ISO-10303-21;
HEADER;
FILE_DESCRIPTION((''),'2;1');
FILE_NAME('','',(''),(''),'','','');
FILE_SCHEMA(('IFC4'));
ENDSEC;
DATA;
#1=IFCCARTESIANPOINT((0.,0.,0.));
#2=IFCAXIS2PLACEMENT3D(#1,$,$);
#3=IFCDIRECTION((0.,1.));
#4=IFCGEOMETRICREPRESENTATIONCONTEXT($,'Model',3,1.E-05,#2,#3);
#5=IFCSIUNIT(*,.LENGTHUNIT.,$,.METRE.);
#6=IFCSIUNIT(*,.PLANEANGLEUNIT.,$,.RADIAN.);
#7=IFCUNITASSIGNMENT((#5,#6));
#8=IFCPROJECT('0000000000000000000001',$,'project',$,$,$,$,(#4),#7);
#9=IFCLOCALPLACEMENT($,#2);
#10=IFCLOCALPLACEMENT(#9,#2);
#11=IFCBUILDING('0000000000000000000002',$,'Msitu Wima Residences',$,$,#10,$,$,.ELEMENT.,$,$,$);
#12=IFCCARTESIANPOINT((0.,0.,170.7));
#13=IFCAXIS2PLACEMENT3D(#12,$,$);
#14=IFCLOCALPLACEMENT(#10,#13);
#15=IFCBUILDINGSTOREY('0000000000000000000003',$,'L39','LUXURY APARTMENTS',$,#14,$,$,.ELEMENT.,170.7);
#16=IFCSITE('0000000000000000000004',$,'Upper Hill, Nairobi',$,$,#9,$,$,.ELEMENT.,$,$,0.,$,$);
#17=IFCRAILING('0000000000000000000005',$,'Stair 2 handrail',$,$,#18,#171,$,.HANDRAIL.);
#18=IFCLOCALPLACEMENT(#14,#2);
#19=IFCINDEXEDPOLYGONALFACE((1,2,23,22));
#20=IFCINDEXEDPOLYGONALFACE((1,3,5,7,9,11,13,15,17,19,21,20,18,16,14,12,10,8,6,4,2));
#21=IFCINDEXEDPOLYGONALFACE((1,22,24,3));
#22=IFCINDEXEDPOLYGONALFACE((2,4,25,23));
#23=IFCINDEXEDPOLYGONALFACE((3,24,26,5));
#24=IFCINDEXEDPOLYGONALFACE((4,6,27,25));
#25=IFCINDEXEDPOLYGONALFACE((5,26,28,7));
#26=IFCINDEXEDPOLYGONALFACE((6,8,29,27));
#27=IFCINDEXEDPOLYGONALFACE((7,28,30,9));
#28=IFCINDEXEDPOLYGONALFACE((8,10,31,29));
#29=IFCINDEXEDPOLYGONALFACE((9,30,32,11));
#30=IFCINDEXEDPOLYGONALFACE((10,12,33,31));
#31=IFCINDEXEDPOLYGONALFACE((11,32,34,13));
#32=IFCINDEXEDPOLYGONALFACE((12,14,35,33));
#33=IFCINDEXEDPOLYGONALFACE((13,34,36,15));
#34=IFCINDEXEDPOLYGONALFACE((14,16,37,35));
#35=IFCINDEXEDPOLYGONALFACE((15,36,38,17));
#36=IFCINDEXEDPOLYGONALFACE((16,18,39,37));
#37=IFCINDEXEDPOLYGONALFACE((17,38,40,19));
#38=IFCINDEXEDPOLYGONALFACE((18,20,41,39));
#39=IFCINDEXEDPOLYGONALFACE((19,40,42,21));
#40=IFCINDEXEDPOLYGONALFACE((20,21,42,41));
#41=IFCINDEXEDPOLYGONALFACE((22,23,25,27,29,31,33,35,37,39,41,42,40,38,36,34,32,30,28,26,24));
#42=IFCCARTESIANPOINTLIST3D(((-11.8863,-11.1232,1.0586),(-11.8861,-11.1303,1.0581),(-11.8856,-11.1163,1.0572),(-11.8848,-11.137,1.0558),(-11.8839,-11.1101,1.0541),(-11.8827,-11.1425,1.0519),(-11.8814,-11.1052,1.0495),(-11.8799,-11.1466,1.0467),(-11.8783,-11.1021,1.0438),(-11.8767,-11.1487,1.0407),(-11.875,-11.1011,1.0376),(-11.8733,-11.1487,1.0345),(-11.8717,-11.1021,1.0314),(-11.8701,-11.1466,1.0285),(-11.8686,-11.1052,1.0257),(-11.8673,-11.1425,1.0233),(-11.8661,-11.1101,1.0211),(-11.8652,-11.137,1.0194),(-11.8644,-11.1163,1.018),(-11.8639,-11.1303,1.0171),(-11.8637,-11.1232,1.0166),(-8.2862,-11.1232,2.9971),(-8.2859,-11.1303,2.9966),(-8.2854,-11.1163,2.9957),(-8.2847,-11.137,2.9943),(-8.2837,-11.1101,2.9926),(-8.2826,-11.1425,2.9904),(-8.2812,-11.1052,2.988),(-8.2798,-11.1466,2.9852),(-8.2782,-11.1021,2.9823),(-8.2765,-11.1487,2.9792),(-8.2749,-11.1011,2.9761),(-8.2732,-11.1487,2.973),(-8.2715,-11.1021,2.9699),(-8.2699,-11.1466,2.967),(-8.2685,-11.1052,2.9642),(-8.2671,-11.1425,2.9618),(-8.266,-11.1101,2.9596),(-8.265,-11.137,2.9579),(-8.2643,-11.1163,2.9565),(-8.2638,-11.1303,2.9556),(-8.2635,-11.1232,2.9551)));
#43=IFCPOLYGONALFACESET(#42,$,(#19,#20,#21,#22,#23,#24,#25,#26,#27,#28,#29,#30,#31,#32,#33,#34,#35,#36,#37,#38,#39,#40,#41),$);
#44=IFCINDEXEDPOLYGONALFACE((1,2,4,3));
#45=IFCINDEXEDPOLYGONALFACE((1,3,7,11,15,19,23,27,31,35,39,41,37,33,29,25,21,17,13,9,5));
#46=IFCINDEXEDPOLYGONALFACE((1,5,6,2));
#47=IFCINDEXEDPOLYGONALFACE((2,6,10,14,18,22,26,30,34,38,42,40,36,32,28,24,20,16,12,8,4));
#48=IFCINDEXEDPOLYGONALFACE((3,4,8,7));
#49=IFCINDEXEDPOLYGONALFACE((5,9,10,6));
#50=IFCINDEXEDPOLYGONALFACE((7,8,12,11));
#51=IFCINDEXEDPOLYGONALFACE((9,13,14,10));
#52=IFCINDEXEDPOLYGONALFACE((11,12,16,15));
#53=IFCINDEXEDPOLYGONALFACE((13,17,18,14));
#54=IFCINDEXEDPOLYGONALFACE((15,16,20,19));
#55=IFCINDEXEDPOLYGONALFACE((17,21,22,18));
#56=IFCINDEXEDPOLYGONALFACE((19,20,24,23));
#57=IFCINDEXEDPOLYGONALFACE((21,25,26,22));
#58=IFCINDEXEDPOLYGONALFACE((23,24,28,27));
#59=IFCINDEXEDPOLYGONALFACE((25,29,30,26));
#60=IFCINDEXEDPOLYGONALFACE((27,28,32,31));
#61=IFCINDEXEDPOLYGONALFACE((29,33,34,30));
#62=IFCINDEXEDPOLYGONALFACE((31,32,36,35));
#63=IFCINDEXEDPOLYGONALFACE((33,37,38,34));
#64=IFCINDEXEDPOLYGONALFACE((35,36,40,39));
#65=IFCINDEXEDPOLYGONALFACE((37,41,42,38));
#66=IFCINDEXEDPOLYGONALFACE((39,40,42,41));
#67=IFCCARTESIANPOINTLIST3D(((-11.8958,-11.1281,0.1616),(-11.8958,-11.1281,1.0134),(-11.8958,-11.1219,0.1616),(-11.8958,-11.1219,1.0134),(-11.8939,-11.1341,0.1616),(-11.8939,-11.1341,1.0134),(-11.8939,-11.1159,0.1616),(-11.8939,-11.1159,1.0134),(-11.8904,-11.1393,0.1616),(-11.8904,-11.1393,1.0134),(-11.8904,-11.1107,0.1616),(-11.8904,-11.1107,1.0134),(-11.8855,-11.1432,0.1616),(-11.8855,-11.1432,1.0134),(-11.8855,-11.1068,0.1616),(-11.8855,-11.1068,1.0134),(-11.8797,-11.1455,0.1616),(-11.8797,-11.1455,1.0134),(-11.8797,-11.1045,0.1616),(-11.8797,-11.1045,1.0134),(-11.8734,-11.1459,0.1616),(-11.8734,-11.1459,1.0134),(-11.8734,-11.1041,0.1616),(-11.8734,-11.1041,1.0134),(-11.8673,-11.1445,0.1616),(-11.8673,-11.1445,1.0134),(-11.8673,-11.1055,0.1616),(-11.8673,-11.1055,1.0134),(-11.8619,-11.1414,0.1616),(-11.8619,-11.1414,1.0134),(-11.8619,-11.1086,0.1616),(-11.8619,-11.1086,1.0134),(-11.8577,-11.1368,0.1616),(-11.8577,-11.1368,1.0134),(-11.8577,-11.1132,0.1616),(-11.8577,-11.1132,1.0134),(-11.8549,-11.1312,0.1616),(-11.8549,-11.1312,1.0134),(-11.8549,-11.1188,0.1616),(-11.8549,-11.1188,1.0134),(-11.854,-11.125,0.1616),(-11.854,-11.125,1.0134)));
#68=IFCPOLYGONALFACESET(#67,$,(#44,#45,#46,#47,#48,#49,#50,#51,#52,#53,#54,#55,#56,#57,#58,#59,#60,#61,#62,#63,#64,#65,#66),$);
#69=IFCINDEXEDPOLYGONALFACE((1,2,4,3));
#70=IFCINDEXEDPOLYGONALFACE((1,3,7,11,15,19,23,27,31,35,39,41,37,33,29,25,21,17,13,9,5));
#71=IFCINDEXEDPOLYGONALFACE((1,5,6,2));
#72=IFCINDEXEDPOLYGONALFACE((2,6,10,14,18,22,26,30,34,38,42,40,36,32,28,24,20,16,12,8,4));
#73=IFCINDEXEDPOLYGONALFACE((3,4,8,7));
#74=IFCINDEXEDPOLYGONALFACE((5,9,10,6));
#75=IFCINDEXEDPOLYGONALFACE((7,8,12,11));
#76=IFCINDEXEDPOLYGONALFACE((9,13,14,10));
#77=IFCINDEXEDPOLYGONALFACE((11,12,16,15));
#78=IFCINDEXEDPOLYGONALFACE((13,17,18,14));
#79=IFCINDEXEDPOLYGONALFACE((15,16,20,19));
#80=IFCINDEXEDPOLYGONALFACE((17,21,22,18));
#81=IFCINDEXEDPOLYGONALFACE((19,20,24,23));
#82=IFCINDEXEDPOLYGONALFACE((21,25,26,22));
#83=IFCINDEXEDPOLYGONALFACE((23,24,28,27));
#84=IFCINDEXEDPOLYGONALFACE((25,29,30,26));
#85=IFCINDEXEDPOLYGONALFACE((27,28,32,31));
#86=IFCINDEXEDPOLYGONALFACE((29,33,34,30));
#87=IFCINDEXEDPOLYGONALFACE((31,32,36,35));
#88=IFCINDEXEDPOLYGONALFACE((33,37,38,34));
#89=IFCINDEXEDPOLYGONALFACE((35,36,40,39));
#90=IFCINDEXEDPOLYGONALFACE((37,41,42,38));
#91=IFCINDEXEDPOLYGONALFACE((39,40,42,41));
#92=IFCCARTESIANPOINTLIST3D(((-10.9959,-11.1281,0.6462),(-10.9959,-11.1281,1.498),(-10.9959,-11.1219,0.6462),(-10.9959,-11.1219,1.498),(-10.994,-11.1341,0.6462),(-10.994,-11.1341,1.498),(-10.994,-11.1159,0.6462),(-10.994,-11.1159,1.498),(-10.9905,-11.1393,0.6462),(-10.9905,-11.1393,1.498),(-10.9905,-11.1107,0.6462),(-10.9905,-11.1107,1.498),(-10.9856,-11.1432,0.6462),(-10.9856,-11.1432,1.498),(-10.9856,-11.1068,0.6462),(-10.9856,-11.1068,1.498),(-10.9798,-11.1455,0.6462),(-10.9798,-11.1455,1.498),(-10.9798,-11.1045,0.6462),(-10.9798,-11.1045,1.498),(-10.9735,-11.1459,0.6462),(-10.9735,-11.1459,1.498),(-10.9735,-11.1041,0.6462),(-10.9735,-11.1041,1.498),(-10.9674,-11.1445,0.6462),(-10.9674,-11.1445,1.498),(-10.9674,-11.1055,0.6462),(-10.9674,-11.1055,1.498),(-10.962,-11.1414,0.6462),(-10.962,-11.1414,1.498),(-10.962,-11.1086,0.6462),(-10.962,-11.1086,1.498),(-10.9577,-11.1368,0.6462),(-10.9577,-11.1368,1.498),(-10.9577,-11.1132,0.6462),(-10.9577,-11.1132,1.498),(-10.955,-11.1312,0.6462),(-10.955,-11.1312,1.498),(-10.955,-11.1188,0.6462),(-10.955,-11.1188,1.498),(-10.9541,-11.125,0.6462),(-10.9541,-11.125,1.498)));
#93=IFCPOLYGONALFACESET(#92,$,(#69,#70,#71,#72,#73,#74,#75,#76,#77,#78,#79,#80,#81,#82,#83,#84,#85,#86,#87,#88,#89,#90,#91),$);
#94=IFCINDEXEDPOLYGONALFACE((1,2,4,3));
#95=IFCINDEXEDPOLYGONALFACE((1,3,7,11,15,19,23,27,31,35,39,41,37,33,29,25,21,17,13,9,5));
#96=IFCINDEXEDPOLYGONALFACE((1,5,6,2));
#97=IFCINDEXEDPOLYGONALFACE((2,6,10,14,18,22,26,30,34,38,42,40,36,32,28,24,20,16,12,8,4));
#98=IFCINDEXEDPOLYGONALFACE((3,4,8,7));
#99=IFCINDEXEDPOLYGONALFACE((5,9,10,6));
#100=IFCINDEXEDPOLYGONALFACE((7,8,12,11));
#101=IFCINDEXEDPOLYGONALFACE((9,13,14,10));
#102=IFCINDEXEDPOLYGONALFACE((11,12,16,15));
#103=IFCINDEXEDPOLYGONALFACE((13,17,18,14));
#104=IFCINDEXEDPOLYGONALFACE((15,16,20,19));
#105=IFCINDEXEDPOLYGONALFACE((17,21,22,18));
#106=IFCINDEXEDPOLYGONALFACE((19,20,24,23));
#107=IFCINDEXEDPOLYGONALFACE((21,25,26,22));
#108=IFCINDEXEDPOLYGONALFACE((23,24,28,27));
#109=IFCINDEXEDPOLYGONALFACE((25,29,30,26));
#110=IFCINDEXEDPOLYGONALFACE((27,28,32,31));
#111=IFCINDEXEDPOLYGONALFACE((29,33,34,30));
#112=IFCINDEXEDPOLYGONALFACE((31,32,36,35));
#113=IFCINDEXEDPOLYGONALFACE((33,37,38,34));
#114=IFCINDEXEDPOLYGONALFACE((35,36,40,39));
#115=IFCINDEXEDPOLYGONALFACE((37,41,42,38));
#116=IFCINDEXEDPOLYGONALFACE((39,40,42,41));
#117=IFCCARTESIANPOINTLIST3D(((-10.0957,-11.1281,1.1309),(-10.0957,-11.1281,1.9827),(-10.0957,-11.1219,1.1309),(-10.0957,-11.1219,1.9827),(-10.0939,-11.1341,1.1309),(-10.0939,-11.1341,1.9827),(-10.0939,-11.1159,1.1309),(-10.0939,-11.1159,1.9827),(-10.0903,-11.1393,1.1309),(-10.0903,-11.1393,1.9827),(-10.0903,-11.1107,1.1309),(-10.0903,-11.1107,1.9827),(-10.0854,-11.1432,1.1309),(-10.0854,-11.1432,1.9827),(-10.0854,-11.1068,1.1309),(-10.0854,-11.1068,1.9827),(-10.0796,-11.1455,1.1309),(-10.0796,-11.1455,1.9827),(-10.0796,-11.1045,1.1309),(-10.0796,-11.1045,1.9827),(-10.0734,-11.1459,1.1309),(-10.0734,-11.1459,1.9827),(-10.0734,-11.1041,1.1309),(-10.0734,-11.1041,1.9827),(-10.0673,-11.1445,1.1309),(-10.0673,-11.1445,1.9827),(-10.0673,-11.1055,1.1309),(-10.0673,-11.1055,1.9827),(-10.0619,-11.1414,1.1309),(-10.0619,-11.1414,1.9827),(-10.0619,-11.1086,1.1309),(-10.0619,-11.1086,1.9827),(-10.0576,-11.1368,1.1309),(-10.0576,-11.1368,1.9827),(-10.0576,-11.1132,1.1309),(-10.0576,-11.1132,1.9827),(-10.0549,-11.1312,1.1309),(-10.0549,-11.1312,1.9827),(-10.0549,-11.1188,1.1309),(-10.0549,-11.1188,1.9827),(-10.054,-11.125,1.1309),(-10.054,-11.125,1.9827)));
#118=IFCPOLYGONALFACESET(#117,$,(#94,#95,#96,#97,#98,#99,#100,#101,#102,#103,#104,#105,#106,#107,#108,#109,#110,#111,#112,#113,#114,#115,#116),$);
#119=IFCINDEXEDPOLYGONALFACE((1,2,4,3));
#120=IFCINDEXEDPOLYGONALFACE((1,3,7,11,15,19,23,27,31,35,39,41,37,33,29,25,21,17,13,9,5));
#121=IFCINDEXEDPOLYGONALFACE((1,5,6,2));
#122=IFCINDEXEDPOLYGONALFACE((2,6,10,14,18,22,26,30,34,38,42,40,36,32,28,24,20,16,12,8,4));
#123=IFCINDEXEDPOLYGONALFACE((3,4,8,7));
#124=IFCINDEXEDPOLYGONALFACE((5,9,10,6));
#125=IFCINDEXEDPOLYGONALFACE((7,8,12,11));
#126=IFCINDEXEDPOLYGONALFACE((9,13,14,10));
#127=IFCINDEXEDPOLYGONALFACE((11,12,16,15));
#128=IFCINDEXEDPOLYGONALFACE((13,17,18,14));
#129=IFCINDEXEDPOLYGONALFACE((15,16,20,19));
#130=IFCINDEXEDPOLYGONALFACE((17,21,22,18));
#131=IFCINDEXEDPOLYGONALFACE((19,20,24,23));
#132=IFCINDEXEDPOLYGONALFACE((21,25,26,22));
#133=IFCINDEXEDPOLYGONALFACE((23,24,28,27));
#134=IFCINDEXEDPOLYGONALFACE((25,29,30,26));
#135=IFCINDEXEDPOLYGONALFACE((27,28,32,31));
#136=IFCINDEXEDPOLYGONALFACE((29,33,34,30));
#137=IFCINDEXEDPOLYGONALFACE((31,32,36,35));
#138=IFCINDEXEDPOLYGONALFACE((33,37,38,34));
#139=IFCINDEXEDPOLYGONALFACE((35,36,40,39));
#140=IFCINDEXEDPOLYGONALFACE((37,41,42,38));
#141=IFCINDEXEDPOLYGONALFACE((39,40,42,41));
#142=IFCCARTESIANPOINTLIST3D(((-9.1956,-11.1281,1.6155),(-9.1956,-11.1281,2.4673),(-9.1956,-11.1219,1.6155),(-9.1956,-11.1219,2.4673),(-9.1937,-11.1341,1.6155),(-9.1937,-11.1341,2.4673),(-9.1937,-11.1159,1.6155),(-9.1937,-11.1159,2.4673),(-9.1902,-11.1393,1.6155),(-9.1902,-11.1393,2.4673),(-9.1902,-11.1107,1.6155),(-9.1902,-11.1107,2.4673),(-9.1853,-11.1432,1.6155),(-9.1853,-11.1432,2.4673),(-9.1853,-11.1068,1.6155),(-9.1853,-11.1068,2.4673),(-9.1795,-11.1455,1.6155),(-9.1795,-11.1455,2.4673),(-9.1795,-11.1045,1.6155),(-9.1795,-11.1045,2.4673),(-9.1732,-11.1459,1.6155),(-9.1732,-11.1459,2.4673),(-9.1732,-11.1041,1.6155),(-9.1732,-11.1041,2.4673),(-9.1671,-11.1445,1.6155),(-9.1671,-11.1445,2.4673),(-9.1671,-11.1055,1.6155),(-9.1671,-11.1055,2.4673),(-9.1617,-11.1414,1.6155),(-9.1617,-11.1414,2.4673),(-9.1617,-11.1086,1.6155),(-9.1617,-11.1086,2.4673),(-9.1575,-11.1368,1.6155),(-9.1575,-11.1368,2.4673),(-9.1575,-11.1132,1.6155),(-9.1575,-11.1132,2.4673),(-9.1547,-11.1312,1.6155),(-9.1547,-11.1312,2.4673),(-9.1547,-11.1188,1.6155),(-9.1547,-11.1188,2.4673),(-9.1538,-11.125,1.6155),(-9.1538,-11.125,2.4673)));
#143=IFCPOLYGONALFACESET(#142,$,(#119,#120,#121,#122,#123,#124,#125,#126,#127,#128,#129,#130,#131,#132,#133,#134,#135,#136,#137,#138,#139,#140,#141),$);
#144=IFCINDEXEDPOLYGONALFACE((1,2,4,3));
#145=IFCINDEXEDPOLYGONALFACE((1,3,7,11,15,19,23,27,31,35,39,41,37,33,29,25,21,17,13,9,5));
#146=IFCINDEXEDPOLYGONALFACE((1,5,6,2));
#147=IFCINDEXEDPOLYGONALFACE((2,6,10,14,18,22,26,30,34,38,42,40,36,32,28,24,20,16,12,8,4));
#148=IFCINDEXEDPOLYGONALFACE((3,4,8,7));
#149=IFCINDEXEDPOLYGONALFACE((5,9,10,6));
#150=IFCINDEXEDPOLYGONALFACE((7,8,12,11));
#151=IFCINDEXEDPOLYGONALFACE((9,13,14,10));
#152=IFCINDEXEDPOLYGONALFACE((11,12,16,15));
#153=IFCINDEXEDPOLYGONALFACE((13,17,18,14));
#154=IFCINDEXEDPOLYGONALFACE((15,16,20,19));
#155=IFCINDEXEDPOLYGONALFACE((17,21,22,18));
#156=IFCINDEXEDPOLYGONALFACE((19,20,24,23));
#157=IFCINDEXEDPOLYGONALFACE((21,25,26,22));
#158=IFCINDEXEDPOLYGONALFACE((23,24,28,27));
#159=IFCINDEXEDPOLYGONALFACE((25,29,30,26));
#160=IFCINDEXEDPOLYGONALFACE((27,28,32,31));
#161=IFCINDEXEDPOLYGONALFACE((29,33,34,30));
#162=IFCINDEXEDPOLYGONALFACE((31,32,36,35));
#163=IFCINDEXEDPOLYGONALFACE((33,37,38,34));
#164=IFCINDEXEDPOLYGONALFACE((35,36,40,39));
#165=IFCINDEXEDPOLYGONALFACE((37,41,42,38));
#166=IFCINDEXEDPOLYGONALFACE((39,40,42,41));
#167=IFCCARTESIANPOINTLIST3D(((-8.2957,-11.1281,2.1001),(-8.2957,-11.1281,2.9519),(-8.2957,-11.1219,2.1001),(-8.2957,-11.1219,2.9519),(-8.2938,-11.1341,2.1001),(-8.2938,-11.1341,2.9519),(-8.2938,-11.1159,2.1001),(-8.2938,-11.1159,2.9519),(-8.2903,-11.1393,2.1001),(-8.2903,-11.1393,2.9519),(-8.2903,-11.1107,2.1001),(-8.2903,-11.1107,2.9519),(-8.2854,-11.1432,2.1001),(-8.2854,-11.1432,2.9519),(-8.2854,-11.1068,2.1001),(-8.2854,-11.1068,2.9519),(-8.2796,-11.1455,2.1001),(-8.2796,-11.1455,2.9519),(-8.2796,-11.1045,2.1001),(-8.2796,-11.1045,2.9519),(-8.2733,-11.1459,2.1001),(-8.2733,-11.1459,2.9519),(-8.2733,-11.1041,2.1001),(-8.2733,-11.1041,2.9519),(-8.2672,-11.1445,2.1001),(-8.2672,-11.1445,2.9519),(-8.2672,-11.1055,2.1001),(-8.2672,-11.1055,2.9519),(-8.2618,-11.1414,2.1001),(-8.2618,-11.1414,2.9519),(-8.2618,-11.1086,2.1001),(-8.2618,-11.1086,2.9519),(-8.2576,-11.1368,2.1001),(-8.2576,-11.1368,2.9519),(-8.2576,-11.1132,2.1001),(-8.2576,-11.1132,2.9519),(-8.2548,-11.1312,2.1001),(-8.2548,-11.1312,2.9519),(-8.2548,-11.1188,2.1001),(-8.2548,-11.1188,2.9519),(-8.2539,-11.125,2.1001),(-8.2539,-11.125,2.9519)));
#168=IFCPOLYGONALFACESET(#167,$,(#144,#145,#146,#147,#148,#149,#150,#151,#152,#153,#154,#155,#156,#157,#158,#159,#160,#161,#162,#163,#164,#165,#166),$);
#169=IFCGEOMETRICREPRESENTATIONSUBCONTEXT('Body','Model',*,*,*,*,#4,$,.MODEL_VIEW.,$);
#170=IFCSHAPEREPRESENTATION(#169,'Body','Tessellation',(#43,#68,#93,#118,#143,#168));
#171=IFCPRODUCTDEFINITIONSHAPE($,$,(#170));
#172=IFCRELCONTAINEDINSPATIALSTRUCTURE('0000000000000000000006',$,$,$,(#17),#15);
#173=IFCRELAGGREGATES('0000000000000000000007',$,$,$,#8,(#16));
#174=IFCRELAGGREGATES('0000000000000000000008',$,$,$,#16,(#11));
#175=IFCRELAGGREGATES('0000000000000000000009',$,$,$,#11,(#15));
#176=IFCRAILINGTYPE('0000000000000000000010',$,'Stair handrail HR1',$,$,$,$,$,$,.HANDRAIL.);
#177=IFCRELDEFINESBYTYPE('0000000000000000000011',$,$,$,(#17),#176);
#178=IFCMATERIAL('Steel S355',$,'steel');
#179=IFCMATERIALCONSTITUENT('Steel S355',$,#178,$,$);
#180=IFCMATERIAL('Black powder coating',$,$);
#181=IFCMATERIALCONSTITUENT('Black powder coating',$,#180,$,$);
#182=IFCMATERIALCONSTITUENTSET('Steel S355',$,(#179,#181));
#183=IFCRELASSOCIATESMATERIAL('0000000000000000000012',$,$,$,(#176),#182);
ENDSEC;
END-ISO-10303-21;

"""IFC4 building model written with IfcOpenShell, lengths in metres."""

from ifc_helpers import new_model, si_unit, direction, frame, origin, origin_2d, place, context, subcontext, project, spatial, circle, extrude, material, constituent, constituent_set, type_object, element, save


model = new_model("IFC4")

# Units and contexts
model_context = context("Model", 3, precision=1e-05, world=origin(), true_north=direction((0.0, 1.0)))
body_context = subcontext(model_context, "Body", "Model", "MODEL_VIEW")
ifc_project = project(units=[si_unit("LENGTHUNIT", "METRE"), si_unit("PLANEANGLEUNIT", "RADIAN")], contexts=[model_context])

# Site, building, storey
site_placement = place(None, origin())
site = spatial("IfcSite", under=ifc_project, at=site_placement, Name="Upper Hill, Nairobi", CompositionType="ELEMENT", RefElevation=0.0)
building_placement = place(site_placement, origin())
building = spatial("IfcBuilding", under=site, at=building_placement, Name="Msitu Wima Residences", CompositionType="ELEMENT")
storey_placement = place(building_placement, frame((0.0, 0.0, 170.7)))
storey = spatial("IfcBuildingStorey", under=building, at=storey_placement, Name="L39", Description="LUXURY APARTMENTS", CompositionType="ELEMENT", Elevation=170.7)

# Railing
ifc_material_1 = material(Name="Steel S355", Category="steel")
ifc_constituent_1 = constituent(ifc_material_1, Name="Steel S355")
ifc_material_2 = material(Name="Black powder coating")
ifc_constituent_2 = constituent(ifc_material_2, Name="Black powder coating")
ifc_constituent_set = constituent_set(constituents=[ifc_constituent_1, ifc_constituent_2], Name="Steel S355")
railing_type = type_object("IfcRailingType", Name="Stair handrail HR1", PredefinedType="HANDRAIL", material=ifc_constituent_set)
for number, where, name in (
    (1, (-11.875, -11.125, 0.1616), "Stair 2 handrail"),
):
    element("IfcRailing", number, at=place(storey_placement, frame(where)), inside=storey, type_object=railing_type, Name=name, PredefinedType="HANDRAIL", context=body_context, shape_type="SweptSolid", body=[
        extrude(circle(Radius=0.0239, at=origin_2d()), frame((0.0, 0.0, 0.876), z_axis=(0.880475, 0.0, 0.474093), x_axis=(0.0, 1.0, 0.0)), (0.0, 0.0, 1.0), 4.0889),
        extrude(circle(Radius=0.021, at=origin_2d()), origin(), (0.0, 0.0, 1.0), 0.8518),
        extrude(circle(Radius=0.021, at=origin_2d()), frame((0.8999, 0.0, 0.4846)), (0.0, 0.0, 1.0), 0.8518),
        extrude(circle(Radius=0.021, at=origin_2d()), frame((1.8, 0.0, 0.9692)), (0.0, 0.0, 1.0), 0.8518),
        extrude(circle(Radius=0.021, at=origin_2d()), frame((2.7002, 0.0, 1.4539)), (0.0, 0.0, 1.0), 0.8518),
        extrude(circle(Radius=0.021, at=origin_2d()), frame((3.6001, 0.0, 1.9385)), (0.0, 0.0, 1.0), 0.8518),
    ])

save(model, "model.ifc")
